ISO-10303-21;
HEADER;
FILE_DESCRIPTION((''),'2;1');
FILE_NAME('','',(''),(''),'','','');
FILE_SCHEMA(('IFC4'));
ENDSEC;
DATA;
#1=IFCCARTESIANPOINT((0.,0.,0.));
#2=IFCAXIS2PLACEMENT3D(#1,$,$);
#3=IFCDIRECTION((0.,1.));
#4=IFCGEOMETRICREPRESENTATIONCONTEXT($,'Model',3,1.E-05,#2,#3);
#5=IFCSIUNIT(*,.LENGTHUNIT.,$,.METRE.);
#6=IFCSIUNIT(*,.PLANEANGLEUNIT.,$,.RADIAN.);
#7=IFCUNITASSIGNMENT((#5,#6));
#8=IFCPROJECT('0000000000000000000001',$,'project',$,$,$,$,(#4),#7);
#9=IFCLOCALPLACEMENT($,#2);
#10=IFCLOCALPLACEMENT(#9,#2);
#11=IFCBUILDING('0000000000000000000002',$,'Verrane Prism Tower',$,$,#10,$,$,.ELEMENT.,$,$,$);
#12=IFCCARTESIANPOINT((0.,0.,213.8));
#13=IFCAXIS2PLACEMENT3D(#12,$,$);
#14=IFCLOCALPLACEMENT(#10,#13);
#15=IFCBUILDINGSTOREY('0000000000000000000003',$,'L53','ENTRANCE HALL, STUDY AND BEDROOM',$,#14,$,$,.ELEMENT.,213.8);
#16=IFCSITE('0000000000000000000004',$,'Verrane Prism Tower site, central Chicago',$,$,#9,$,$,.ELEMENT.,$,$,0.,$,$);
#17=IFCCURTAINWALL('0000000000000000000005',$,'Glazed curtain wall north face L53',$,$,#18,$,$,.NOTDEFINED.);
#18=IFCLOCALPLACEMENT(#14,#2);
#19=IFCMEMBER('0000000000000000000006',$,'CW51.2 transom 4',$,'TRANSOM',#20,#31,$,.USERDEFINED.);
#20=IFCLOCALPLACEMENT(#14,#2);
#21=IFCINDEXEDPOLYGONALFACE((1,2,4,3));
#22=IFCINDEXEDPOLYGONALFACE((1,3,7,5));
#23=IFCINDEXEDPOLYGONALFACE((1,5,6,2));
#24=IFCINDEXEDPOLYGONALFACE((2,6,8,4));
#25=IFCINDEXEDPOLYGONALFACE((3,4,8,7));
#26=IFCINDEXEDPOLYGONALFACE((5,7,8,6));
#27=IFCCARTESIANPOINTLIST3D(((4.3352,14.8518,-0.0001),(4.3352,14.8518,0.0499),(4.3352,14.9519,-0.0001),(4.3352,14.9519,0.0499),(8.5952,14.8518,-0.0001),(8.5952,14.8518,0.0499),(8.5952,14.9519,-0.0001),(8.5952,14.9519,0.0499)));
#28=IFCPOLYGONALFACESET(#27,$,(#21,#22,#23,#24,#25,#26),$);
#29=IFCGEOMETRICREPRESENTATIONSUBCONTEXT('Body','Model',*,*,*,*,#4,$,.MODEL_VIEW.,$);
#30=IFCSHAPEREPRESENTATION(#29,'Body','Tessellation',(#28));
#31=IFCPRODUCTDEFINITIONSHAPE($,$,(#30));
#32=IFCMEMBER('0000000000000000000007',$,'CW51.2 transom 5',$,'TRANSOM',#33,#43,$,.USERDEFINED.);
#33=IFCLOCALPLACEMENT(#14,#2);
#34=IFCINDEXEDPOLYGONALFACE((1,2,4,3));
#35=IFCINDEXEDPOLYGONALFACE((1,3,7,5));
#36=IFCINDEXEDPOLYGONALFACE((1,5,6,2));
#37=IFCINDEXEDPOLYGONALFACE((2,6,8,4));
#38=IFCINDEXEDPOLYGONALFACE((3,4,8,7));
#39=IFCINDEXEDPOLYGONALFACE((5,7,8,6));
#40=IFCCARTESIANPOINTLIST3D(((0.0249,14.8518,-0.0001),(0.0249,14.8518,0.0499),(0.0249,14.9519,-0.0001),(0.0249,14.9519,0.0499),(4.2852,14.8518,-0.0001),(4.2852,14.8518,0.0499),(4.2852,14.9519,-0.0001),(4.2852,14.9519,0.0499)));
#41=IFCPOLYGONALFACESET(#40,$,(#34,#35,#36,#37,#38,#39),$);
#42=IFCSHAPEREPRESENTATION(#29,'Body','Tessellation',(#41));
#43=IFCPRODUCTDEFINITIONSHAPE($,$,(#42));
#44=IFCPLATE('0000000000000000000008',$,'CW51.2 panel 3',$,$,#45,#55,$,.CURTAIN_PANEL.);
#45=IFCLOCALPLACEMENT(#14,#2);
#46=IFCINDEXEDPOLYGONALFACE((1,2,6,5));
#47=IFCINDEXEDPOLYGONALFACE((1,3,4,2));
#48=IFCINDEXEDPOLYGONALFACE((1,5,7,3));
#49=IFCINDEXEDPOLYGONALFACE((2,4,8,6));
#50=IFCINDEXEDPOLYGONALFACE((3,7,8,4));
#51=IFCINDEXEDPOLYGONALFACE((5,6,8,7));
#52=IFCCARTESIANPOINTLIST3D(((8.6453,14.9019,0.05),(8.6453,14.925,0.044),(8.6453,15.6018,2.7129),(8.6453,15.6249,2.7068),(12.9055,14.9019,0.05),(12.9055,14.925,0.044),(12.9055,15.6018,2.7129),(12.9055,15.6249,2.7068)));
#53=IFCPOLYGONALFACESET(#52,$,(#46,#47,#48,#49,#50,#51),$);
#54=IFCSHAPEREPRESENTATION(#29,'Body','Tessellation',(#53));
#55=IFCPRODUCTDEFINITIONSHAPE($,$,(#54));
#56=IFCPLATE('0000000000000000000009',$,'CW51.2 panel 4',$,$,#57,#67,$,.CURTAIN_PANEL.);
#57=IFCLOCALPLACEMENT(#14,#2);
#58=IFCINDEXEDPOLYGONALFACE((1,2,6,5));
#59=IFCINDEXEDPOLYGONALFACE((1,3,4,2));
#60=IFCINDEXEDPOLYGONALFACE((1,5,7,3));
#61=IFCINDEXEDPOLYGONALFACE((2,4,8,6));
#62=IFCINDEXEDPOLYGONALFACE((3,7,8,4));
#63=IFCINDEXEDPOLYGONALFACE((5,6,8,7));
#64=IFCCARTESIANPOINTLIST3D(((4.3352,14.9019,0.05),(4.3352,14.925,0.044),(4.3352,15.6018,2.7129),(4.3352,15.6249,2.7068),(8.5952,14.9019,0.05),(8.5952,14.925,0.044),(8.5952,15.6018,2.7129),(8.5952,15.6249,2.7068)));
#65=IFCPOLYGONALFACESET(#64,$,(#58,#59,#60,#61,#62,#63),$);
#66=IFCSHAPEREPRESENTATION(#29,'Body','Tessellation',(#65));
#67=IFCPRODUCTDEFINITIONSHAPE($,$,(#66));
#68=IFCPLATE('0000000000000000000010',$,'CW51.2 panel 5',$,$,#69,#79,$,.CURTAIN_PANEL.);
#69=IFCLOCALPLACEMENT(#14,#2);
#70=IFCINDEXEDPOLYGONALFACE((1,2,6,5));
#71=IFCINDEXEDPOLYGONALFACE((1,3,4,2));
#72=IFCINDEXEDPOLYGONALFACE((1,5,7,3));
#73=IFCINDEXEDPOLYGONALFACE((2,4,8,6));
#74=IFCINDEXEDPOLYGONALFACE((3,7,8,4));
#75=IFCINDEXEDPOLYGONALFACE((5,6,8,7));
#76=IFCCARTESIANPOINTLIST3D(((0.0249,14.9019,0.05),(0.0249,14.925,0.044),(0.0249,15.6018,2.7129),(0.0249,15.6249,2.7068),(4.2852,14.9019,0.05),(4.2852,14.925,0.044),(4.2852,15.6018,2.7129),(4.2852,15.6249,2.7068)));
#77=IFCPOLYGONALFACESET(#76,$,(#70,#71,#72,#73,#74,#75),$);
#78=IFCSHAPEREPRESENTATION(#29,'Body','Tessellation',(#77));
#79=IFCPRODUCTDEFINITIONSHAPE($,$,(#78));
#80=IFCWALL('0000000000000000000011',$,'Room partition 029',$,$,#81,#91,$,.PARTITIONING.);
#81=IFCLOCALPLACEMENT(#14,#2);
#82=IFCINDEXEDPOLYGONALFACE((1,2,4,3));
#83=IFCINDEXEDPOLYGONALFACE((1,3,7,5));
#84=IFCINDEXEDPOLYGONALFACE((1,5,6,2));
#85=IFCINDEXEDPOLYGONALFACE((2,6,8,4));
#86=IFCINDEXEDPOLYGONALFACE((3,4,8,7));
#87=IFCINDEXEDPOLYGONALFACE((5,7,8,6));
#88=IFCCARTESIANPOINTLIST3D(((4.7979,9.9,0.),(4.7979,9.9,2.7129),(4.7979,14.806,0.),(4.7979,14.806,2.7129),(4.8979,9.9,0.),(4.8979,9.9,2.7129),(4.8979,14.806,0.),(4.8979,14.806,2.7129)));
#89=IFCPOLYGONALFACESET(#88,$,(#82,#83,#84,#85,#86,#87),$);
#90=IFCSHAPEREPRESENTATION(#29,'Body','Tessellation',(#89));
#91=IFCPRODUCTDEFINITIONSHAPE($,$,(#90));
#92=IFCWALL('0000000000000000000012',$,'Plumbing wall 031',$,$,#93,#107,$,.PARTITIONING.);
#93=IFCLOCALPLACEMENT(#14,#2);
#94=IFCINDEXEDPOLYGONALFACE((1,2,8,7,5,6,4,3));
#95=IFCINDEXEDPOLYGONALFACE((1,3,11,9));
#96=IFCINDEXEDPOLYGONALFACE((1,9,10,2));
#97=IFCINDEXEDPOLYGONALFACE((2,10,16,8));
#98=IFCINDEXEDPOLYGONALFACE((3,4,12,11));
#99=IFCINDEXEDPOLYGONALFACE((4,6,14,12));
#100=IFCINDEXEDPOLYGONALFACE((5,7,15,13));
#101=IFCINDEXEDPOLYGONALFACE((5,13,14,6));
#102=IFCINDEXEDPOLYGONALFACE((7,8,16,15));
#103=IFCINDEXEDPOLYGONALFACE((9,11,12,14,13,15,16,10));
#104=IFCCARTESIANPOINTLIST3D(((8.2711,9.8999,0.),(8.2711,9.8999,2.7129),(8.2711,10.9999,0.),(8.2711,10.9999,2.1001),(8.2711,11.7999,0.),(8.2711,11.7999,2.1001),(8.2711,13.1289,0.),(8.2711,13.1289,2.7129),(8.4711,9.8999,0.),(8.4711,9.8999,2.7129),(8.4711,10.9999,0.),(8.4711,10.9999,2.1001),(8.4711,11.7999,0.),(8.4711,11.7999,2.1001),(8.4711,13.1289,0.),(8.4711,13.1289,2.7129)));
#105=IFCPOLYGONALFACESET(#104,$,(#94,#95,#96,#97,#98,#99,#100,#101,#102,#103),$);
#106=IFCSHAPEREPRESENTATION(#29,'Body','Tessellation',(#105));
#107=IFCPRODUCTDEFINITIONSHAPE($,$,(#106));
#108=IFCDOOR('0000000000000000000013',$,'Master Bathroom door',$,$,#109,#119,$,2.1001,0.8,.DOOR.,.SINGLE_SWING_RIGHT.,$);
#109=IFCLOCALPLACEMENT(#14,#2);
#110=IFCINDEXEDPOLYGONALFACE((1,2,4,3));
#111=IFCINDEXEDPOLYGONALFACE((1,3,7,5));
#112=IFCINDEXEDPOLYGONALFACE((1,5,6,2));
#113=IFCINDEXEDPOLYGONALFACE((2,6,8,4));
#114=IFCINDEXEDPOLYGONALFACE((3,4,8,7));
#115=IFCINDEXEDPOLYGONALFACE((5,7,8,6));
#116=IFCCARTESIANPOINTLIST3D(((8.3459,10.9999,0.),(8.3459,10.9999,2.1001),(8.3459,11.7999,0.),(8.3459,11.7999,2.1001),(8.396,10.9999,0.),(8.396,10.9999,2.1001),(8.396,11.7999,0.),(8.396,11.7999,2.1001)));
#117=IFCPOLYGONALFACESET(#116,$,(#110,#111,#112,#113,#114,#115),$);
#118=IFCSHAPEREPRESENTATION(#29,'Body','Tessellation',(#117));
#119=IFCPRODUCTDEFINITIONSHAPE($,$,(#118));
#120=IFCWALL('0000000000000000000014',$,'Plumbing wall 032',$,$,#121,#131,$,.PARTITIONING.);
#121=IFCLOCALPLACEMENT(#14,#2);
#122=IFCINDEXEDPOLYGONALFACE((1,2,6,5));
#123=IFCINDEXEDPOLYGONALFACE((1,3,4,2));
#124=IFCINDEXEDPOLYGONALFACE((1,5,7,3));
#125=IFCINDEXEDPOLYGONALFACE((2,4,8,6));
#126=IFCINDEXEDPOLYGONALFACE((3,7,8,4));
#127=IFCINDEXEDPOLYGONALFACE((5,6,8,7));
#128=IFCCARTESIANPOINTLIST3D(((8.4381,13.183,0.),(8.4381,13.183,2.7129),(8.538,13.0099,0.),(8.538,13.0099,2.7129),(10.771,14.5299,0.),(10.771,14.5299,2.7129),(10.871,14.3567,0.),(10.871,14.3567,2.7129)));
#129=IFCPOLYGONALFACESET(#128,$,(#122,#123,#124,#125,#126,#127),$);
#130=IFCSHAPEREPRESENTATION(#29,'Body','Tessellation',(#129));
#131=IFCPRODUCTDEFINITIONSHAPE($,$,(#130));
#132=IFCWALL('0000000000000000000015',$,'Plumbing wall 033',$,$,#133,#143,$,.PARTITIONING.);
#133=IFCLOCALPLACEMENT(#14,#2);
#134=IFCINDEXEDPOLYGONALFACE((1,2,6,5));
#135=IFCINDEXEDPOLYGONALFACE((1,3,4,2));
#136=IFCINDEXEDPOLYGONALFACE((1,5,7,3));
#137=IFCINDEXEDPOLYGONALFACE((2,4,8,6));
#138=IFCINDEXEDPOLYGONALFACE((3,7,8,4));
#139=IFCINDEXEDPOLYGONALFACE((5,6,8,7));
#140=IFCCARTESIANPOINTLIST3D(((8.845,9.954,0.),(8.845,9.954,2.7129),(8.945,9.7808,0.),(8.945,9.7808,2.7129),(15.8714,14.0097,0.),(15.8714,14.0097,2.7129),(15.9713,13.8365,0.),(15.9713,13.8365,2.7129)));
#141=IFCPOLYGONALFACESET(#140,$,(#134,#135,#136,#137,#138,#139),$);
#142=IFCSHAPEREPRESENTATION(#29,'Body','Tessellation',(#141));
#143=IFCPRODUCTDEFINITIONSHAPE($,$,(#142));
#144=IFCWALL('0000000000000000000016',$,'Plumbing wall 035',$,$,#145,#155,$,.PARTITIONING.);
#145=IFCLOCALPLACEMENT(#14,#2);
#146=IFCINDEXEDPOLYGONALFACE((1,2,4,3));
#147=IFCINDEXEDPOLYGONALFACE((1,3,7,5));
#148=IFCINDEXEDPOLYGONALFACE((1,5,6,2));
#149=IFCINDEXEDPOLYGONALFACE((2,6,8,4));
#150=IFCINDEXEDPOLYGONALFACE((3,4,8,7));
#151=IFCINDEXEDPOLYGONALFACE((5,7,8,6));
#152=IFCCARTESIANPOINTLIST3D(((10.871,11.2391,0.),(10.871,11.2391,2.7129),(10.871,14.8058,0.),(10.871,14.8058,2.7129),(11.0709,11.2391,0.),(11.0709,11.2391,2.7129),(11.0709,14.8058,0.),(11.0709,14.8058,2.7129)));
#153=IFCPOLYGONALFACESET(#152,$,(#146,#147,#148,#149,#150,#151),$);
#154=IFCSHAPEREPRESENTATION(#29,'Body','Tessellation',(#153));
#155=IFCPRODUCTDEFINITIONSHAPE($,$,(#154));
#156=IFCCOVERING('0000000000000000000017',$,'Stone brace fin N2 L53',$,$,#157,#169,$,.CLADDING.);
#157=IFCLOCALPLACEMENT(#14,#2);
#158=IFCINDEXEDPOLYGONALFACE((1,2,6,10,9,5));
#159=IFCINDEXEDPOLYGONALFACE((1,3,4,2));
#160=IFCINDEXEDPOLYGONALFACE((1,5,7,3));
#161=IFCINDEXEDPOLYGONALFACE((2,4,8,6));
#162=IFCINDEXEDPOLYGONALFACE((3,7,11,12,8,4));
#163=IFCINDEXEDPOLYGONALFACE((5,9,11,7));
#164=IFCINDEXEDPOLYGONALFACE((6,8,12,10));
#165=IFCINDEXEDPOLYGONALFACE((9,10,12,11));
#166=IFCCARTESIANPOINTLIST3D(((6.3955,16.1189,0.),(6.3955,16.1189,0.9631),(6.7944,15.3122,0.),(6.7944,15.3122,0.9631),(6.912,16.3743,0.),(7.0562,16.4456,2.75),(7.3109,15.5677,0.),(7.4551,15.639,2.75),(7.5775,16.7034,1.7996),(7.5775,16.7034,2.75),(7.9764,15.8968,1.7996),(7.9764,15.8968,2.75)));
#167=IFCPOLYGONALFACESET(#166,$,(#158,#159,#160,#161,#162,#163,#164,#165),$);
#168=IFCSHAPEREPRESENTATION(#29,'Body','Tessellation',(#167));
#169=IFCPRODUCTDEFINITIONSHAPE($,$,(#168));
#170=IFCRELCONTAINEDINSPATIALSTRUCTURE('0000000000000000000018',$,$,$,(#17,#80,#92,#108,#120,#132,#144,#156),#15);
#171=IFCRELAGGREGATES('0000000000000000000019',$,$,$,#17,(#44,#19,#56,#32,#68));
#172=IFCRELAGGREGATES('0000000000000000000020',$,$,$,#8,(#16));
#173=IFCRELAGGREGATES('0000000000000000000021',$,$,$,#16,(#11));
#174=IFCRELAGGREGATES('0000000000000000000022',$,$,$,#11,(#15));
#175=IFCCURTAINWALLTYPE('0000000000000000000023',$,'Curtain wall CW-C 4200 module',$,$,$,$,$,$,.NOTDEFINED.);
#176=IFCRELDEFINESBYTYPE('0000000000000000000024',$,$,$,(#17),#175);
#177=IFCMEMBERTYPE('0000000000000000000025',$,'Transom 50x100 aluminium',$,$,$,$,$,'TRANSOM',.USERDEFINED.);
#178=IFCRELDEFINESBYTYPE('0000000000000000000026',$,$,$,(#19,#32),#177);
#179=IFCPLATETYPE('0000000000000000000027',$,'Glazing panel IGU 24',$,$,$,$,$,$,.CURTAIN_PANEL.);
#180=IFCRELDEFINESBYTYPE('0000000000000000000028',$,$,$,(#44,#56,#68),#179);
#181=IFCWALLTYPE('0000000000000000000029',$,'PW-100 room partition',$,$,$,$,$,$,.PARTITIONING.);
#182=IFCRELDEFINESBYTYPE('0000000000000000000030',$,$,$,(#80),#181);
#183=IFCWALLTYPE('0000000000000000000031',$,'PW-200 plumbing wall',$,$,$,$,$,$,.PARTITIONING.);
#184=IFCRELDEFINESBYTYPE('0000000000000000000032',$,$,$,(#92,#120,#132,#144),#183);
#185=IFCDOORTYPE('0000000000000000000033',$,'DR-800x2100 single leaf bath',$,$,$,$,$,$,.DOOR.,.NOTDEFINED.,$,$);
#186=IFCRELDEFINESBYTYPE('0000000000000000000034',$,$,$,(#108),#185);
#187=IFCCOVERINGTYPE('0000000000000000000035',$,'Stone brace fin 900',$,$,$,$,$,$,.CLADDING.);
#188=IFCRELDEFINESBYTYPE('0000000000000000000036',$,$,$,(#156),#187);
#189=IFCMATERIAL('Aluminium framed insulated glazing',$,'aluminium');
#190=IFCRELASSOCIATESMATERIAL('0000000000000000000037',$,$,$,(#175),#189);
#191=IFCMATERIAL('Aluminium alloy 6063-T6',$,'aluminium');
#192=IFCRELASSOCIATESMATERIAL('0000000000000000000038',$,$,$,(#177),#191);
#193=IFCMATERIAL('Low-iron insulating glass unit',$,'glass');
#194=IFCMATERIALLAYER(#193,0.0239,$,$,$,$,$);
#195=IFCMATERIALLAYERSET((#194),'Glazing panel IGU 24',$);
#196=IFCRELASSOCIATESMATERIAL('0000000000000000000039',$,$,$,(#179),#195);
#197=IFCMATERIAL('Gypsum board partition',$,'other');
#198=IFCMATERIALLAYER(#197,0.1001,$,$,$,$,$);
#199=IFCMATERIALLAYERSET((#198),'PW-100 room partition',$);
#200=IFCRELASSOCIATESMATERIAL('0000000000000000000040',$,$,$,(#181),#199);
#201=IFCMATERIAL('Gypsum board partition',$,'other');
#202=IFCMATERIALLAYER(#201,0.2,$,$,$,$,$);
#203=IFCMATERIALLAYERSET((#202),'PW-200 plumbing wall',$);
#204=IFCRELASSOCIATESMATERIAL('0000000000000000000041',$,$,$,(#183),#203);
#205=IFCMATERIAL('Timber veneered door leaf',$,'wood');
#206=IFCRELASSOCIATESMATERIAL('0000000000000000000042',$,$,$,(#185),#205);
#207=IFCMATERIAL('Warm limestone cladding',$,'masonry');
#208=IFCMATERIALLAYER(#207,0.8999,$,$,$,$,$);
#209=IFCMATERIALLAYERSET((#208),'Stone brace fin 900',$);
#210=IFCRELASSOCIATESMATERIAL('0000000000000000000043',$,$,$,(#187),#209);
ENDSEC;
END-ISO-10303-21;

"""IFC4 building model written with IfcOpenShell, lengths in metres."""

from ifc_helpers import new_model, si_unit, direction, frame, frame_2d, origin, origin_2d, place, context, subcontext, project, spatial, polyline, rectangle, outline, extrude, material, layer, layer_set, material_profile, profile_set, type_object, element, fill, aggregate, save


model = new_model("IFC4")

# Units and contexts
model_context = context("Model", 3, precision=1e-05, world=origin(), true_north=direction((0.0, 1.0)))
body_context = subcontext(model_context, "Body", "Model", "MODEL_VIEW")
ifc_project = project(units=[si_unit("LENGTHUNIT", "METRE"), si_unit("PLANEANGLEUNIT", "RADIAN")], contexts=[model_context])

# Site, building, storey
site_placement = place(None, origin())
site = spatial("IfcSite", under=ifc_project, at=site_placement, Name="Verrane Prism Tower site, central Chicago", CompositionType="ELEMENT", RefElevation=0.0)
building_placement = place(site_placement, origin())
building = spatial("IfcBuilding", under=site, at=building_placement, Name="Verrane Prism Tower", CompositionType="ELEMENT")
storey_placement = place(building_placement, frame((0.0, 0.0, 213.8)))
storey = spatial("IfcBuildingStorey", under=building, at=storey_placement, Name="L53", Description="ENTRANCE HALL, STUDY AND BEDROOM", CompositionType="ELEMENT", Elevation=213.8)

# Curtain wall
ifc_material_1 = material(Name="Aluminium framed insulated glazing", Category="aluminium")
curtain_wall_type = type_object("IfcCurtainWallType", Name="Curtain wall CW-C 4200 module", PredefinedType="NOTDEFINED", material=ifc_material_1)
curtain_wall_placement = place(storey_placement, origin())
curtain_wall = element("IfcCurtainWall", 1, at=curtain_wall_placement, inside=storey, type_object=curtain_wall_type, Name="Glazed curtain wall north face L53", PredefinedType="NOTDEFINED")

# Members
ifc_material_2 = material(Name="Aluminium alloy 6063-T6", Category="aluminium")
ifc_material_profile_1 = material_profile(ifc_material_2, rectangle(XDim=0.1001, YDim=0.05, at=origin_2d()), Name="Transom 50x100 aluminium")
ifc_profile_set_1 = profile_set([ifc_material_profile_1], Name="Aluminium alloy 6063-T6")
member_type_1 = type_object("IfcMemberType", Name="Transom 50x100 aluminium", ElementType="TRANSOM", PredefinedType="USERDEFINED", material=ifc_profile_set_1)
member_1_placement = place(storey_placement, frame((8.5952, 14.9019, 0.0249), z_axis=(-1.0, 0.0, 0.0), x_axis=(0.0, -1.0, 0.0)))
member_1 = element("IfcMember", 2, at=member_1_placement, type_object=member_type_1, Name="CW51.2 transom 4", ObjectType="TRANSOM", PredefinedType="USERDEFINED", context=body_context, shape_type="SweptSolid", body=[
    extrude(rectangle(XDim=0.1001, YDim=0.05, at=origin_2d()), origin(), (0.0, 0.0, 1.0), 4.26),
])
member_2_placement = place(storey_placement, frame((4.2852, 14.9019, 0.0249), z_axis=(-1.0, 0.0, 0.0), x_axis=(0.0, -1.0, 0.0)))
member_2 = element("IfcMember", 3, at=member_2_placement, type_object=member_type_1, Name="CW51.2 transom 5", ObjectType="TRANSOM", PredefinedType="USERDEFINED", context=body_context, shape_type="SweptSolid", body=[
    extrude(rectangle(XDim=0.1001, YDim=0.05, at=origin_2d()), origin(), (0.0, 0.0, 1.0), 4.2603),
])

# Plates
ifc_material_3 = material(Name="Low-iron insulating glass unit", Category="glass")
ifc_layer_1 = layer(ifc_material_3, 0.0239)
ifc_layer_set_1 = layer_set([ifc_layer_1], Name="Glazing panel IGU 24")
plate_type = type_object("IfcPlateType", Name="Glazing panel IGU 24", PredefinedType="CURTAIN_PANEL", material=ifc_layer_set_1)
plate_1_placement = place(storey_placement, frame((12.9055, 14.9019, 0.05), z_axis=(0.0, -0.967146, 0.254223), x_axis=(-1.0, 0.0, 0.0)))
plate_1 = element("IfcPlate", 4, at=plate_1_placement, type_object=plate_type, Name="CW51.2 panel 3", PredefinedType="CURTAIN_PANEL", context=body_context, shape_type="SweptSolid", body=[
    extrude(outline(polyline([(0.0, 0.0), (4.2603, 0.0), (4.2603, -2.7533), (0.0, -2.7533), (0.0, 0.0)])), origin(), (0.0, 0.0, -1.0), 0.0239),
])
plate_2_placement = place(storey_placement, frame((8.5952, 14.9019, 0.05), z_axis=(0.0, -0.967146, 0.254223), x_axis=(-1.0, 0.0, 0.0)))
plate_2 = element("IfcPlate", 5, at=plate_2_placement, type_object=plate_type, Name="CW51.2 panel 4", PredefinedType="CURTAIN_PANEL", context=body_context, shape_type="SweptSolid", body=[
    extrude(outline(polyline([(0.0, 0.0), (4.26, 0.0), (4.26, -2.7533), (0.0, -2.7533), (0.0, 0.0)])), origin(), (0.0, 0.0, -1.0), 0.0239),
])
plate_3_placement = place(storey_placement, frame((4.2852, 14.9019, 0.05), z_axis=(0.0, -0.967146, 0.254223), x_axis=(-1.0, 0.0, 0.0)))
plate_3 = element("IfcPlate", 6, at=plate_3_placement, type_object=plate_type, Name="CW51.2 panel 5", PredefinedType="CURTAIN_PANEL", context=body_context, shape_type="SweptSolid", body=[
    extrude(outline(polyline([(0.0, 0.0), (4.2603, 0.0), (4.2603, -2.7533), (0.0, -2.7533), (0.0, 0.0)])), origin(), (0.0, 0.0, -1.0), 0.0239),
])
aggregate(curtain_wall, [plate_1, member_1, plate_2, member_2, plate_3])

# Wall
ifc_material_4 = material(Name="Gypsum board partition", Category="other")
ifc_layer_2 = layer(ifc_material_4, 0.1001)
ifc_layer_set_2 = layer_set([ifc_layer_2], Name="PW-100 room partition")
wall_type_1 = type_object("IfcWallType", Name="PW-100 room partition", PredefinedType="PARTITIONING", material=ifc_layer_set_2)
wall_1_placement = place(storey_placement, frame((4.8479, 9.8999, 0.0), z_axis=(0.0, 0.0, 1.0), x_axis=(0.0, 1.0, 0.0)))
element("IfcWall", 7, at=wall_1_placement, inside=storey, type_object=wall_type_1, Name="Room partition 029", PredefinedType="PARTITIONING", context=body_context, shape_type="SweptSolid", body=[
    extrude(rectangle(XDim=4.906, YDim=0.1001, at=frame_2d((2.4531, 0.0))), origin(), (0.0, 0.0, 1.0), 2.7129),
])

# Wall, opening, door
ifc_material_5 = material(Name="Gypsum board partition", Category="other")
ifc_layer_3 = layer(ifc_material_5, 0.2)
ifc_layer_set_3 = layer_set([ifc_layer_3], Name="PW-200 plumbing wall")
wall_type_2 = type_object("IfcWallType", Name="PW-200 plumbing wall", PredefinedType="PARTITIONING", material=ifc_layer_set_3)
wall_2_placement = place(storey_placement, frame((8.3711, 13.1289, 0.0), z_axis=(0.0, 0.0, 1.0), x_axis=(0.0, -1.0, 0.0)))
wall_2 = element("IfcWall", 8, at=wall_2_placement, inside=storey, type_object=wall_type_2, Name="Plumbing wall 031", PredefinedType="PARTITIONING", context=body_context, shape_type="SweptSolid", body=[
    extrude(rectangle(XDim=3.229, YDim=0.2, at=frame_2d((1.6145, 0.0))), origin(), (0.0, 0.0, 1.0), 2.7129),
])
opening_placement = place(wall_2_placement, frame((1.3291, 0.0, 0.0)))
opening = element("IfcOpeningElement", 9, at=opening_placement, cuts=wall_2, PredefinedType="OPENING", context=body_context, shape_type="SweptSolid", body=[
    extrude(rectangle(XDim=0.8, YDim=2.1001, at=frame_2d((0.3999, 1.05))), frame((0.0, 0.1099, 0.0), z_axis=(0.0, -1.0, 0.0), x_axis=(1.0, 0.0, 0.0)), (0.0, 0.0, 1.0), 0.22),
])
ifc_material_6 = material(Name="Timber veneered door leaf", Category="wood")
door_type = type_object("IfcDoorType", Name="DR-800x2100 single leaf bath", OperationType="NOTDEFINED", PredefinedType="DOOR", material=ifc_material_6)
door_placement = place(opening_placement, origin())
door = element("IfcDoor", 10, at=door_placement, inside=storey, type_object=door_type, Name="Master Bathroom door", OperationType="SINGLE_SWING_RIGHT", OverallHeight=2.1001, OverallWidth=0.8, PredefinedType="DOOR", context=body_context, shape_type="SweptSolid", body=[
    extrude(rectangle(XDim=0.8, YDim=2.1001, at=frame_2d((0.3999, 1.05))), frame((0.0, 0.0249, 0.0), z_axis=(0.0, -1.0, 0.0), x_axis=(1.0, 0.0, 0.0)), (0.0, 0.0, 1.0), 0.05),
])
fill(opening, door)

# Walls
wall_3_placement = place(storey_placement, frame((8.488, 13.0964, 0.0), z_axis=(0.0, 0.0, 1.0), x_axis=(0.866032, 0.499989, 0.0)))
element("IfcWall", 11, at=wall_3_placement, inside=storey, type_object=wall_type_2, Name="Plumbing wall 032", PredefinedType="PARTITIONING", context=body_context, shape_type="SweptSolid", body=[
    extrude(rectangle(XDim=2.6938, YDim=0.2, at=frame_2d((1.3469, 0.0))), origin(), (0.0, 0.0, 1.0), 2.7129),
])
wall_4_placement = place(storey_placement, frame((8.895, 9.8674, 0.0), z_axis=(0.0, 0.0, 1.0), x_axis=(0.866079, 0.499907, 0.0)))
element("IfcWall", 12, at=wall_4_placement, inside=storey, type_object=wall_type_2, Name="Plumbing wall 033", PredefinedType="PARTITIONING", context=body_context, shape_type="SweptSolid", body=[
    extrude(rectangle(XDim=8.1128, YDim=0.2, at=frame_2d((4.0564, 0.0))), origin(), (0.0, 0.0, 1.0), 2.7129),
])
wall_5_placement = place(storey_placement, frame((10.9709, 11.2393, 0.0), z_axis=(0.0, 0.0, 1.0), x_axis=(0.0, 1.0, 0.0)))
element("IfcWall", 13, at=wall_5_placement, inside=storey, type_object=wall_type_2, Name="Plumbing wall 035", PredefinedType="PARTITIONING", context=body_context, shape_type="SweptSolid", body=[
    extrude(rectangle(XDim=3.5667, YDim=0.2, at=frame_2d((1.7832, 0.0))), origin(), (0.0, 0.0, 1.0), 2.7129),
])

# Covering
ifc_material_7 = material(Name="Warm limestone cladding", Category="masonry")
ifc_layer_4 = layer(ifc_material_7, 0.8999)
ifc_layer_set_4 = layer_set([ifc_layer_4], Name="Stone brace fin 900")
covering_type = type_object("IfcCoveringType", Name="Stone brace fin 900", PredefinedType="CLADDING", material=ifc_layer_set_4)
covering_placement = place(storey_placement, frame((6.595, 15.7156, 0.0), z_axis=(0.0, 0.0, 1.0), x_axis=(0.896381, 0.443284, 0.0)))
element("IfcCovering", 14, at=covering_placement, inside=storey, type_object=covering_type, Name="Stone brace fin N2 L53", PredefinedType="CLADDING", context=body_context, shape_type="SweptSolid", body=[
    extrude(outline(polyline([(1.3186, 2.75), (0.7371, 2.75), (0.0, 0.9631), (0.0, 0.0), (0.5762, 0.0), (1.3186, 1.7996), (1.3186, 2.75)])), frame((0.0, 0.45, 0.0), z_axis=(0.0, -1.0, 0.0), x_axis=(1.0, 0.0, 0.0)), (0.0, 0.0, 1.0), 0.8999),
])

save(model, "model.ifc")
